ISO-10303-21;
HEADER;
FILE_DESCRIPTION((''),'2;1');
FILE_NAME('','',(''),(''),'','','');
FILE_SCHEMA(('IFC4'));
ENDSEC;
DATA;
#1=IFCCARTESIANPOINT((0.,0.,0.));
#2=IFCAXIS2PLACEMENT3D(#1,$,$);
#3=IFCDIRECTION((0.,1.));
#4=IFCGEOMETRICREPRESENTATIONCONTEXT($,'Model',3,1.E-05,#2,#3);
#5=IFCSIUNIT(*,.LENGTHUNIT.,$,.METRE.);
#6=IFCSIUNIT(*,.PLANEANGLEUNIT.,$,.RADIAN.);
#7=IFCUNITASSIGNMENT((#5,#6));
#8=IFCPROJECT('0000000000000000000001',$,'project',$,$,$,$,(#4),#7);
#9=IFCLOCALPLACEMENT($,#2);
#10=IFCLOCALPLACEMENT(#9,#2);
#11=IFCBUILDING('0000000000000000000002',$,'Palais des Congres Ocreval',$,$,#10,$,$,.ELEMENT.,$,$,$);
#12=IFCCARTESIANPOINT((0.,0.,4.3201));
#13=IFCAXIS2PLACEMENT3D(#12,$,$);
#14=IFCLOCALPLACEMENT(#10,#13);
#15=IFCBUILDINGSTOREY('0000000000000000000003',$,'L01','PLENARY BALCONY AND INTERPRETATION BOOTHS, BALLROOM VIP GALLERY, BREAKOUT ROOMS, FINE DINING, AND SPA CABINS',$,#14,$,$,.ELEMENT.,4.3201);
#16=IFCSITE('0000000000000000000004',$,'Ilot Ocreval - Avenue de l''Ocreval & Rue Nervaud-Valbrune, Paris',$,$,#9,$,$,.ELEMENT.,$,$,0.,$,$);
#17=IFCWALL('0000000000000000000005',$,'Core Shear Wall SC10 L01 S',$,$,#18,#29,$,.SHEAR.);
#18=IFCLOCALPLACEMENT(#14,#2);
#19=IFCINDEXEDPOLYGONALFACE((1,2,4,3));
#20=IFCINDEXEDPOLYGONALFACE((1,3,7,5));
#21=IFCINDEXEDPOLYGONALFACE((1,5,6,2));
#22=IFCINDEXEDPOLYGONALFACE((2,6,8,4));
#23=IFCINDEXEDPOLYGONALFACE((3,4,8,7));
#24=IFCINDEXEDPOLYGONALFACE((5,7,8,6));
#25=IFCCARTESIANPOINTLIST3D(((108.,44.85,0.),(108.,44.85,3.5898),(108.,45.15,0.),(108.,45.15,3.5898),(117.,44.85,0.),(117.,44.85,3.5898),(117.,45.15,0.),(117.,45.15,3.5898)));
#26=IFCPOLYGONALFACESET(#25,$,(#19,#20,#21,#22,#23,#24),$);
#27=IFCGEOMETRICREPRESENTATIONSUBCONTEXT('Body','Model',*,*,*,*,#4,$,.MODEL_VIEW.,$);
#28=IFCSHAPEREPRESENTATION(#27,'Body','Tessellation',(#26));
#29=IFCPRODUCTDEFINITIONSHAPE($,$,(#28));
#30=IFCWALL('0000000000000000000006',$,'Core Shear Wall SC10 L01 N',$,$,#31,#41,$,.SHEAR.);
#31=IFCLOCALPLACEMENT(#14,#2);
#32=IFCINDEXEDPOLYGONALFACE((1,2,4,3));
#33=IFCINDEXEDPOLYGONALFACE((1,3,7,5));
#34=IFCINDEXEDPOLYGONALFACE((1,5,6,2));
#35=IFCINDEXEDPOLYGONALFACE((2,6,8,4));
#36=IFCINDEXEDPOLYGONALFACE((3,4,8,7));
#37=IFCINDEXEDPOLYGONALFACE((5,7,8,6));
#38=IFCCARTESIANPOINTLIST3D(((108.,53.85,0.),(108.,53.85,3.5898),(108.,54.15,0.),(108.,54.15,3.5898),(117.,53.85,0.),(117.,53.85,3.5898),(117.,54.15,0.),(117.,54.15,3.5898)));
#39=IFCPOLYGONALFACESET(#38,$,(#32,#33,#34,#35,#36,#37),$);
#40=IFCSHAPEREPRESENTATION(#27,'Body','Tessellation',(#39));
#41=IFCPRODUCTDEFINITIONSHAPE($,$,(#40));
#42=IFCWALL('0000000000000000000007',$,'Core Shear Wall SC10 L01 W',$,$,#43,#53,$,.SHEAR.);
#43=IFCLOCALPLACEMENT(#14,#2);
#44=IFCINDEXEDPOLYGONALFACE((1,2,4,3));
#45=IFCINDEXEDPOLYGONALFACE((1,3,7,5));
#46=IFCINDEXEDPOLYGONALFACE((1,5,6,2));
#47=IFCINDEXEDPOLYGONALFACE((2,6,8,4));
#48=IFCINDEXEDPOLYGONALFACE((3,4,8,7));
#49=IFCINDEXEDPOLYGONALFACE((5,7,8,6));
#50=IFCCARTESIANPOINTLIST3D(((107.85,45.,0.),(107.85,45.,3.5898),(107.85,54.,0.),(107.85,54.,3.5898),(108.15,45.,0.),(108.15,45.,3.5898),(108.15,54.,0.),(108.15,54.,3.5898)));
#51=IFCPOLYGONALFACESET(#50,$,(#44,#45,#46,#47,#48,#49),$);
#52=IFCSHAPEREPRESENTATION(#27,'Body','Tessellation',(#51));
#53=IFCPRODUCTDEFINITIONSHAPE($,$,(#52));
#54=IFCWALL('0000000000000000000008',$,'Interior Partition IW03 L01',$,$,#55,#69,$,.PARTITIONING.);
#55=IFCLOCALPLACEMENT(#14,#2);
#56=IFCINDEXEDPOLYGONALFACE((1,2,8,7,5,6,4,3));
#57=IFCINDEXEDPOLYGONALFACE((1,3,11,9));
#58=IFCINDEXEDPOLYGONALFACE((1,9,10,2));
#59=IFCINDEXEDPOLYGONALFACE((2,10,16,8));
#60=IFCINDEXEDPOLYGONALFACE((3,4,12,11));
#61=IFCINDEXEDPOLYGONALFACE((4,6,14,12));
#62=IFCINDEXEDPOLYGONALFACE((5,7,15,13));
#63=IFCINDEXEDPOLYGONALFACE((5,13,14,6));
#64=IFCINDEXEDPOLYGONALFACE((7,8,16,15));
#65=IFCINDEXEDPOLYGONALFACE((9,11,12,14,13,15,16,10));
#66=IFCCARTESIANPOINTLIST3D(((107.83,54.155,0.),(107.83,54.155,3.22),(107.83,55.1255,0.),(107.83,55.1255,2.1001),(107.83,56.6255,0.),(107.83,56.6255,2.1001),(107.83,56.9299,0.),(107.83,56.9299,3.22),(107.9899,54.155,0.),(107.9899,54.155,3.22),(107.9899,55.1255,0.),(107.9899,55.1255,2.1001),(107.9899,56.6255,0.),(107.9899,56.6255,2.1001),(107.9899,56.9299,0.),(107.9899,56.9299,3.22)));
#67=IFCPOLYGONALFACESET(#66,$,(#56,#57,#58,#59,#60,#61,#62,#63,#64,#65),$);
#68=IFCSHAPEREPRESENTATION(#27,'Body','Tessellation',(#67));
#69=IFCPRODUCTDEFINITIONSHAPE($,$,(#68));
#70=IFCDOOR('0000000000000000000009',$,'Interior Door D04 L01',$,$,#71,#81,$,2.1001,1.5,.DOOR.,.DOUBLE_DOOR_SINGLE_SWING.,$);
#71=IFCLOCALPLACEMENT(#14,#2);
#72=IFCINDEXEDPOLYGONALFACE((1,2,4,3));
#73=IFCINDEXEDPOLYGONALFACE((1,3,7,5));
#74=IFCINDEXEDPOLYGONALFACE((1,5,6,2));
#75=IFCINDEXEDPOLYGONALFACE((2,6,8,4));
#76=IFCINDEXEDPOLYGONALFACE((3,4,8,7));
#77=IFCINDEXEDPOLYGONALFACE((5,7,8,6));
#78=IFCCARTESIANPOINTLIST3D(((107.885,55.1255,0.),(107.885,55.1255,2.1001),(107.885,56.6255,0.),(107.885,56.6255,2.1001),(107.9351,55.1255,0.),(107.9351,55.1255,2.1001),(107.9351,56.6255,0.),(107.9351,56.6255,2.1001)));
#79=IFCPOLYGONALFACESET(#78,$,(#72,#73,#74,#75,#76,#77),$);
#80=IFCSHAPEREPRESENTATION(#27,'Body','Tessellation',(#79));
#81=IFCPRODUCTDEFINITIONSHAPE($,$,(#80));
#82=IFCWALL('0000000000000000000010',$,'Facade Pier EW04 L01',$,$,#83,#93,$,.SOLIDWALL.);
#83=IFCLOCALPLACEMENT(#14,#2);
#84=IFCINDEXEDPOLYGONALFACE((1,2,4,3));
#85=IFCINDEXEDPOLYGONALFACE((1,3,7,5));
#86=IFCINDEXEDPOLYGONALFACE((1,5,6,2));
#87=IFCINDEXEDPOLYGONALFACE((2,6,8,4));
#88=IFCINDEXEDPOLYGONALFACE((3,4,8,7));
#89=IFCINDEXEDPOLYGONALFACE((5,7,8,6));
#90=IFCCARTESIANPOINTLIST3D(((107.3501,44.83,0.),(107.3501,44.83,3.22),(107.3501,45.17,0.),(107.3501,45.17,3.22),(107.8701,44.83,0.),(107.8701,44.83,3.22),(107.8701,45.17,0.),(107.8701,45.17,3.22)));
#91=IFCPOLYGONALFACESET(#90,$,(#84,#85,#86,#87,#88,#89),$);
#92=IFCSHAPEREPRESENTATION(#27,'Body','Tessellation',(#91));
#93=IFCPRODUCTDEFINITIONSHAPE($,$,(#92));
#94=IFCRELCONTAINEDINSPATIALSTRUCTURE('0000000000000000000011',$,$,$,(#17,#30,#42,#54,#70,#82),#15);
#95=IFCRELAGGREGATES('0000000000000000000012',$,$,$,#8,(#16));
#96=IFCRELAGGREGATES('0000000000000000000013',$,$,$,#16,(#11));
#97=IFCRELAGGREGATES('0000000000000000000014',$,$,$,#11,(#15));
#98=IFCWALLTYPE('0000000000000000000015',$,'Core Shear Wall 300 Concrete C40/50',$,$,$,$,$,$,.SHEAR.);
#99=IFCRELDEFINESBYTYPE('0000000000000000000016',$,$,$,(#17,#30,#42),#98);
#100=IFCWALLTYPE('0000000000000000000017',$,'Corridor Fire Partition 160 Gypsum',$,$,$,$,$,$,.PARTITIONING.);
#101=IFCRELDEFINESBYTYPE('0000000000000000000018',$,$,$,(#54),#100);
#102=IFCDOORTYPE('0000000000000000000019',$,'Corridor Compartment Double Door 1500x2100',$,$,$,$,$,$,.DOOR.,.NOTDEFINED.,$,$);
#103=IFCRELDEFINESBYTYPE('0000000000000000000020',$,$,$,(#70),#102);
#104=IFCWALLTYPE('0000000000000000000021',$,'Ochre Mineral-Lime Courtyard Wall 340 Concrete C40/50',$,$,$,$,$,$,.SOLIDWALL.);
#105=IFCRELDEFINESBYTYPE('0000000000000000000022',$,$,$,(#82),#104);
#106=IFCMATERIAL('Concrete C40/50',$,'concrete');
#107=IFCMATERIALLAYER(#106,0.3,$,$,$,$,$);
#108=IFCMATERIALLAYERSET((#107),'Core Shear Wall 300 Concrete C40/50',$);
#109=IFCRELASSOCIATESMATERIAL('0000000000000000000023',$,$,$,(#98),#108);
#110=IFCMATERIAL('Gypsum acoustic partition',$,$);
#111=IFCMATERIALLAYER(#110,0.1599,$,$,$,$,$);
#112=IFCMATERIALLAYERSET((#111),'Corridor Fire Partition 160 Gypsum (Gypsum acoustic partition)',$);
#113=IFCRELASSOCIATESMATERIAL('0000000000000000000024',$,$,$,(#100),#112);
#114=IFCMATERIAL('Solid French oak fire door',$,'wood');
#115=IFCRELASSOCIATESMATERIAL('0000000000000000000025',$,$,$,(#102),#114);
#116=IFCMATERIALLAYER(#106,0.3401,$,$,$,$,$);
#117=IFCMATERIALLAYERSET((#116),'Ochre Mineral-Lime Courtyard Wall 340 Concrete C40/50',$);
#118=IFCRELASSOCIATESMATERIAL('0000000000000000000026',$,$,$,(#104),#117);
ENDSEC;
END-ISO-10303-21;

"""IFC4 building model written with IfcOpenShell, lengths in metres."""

from ifc_helpers import new_model, si_unit, direction, frame, frame_2d, origin, place, context, subcontext, project, spatial, rectangle, extrude, material, layer, layer_set, type_object, element, fill, save


model = new_model("IFC4")

# Units and contexts
model_context = context("Model", 3, precision=1e-05, world=origin(), true_north=direction((0.0, 1.0)))
body_context = subcontext(model_context, "Body", "Model", "MODEL_VIEW")
ifc_project = project(units=[si_unit("LENGTHUNIT", "METRE"), si_unit("PLANEANGLEUNIT", "RADIAN")], contexts=[model_context])

# Site, building, storey
site_placement = place(None, origin())
site = spatial("IfcSite", under=ifc_project, at=site_placement, Name="Ilot Ocreval - Avenue de l'Ocreval & Rue Nervaud-Valbrune, Paris", CompositionType="ELEMENT", RefElevation=0.0)
building_placement = place(site_placement, origin())
building = spatial("IfcBuilding", under=site, at=building_placement, Name="Palais des Congres Ocreval", CompositionType="ELEMENT")
storey_placement = place(building_placement, frame((0.0, 0.0, 4.3201)))
storey = spatial("IfcBuildingStorey", under=building, at=storey_placement, Name="L01", Description="PLENARY BALCONY AND INTERPRETATION BOOTHS, BALLROOM VIP GALLERY, BREAKOUT ROOMS, FINE DINING, AND SPA CABINS", CompositionType="ELEMENT", Elevation=4.3201)

# Walls
ifc_material_1 = material(Name="Concrete C40/50", Category="concrete")
ifc_layer_1 = layer(ifc_material_1, 0.3)
ifc_layer_set_1 = layer_set([ifc_layer_1], Name="Core Shear Wall 300 Concrete C40/50")
wall_type_1 = type_object("IfcWallType", Name="Core Shear Wall 300 Concrete C40/50", PredefinedType="SHEAR", material=ifc_layer_set_1)
for number, where, z_axis, x_axis, name in (
    (1, (108.0, 45.0, 0.0), (0.0, 0.0, 1.0), (1.0, 0.0, 0.0), "Core Shear Wall SC10 L01 S"),
    (2, (108.0, 54.0, 0.0), (0.0, 0.0, 1.0), (1.0, 0.0, 0.0), "Core Shear Wall SC10 L01 N"),
    (3, (108.0, 45.0, 0.0), (0.0, 0.0, 1.0), (0.0, 1.0, 0.0), "Core Shear Wall SC10 L01 W"),
):
    element("IfcWall", number, at=place(storey_placement, frame(where, z_axis=z_axis, x_axis=x_axis)), inside=storey, type_object=wall_type_1, Name=name, PredefinedType="SHEAR", context=body_context, shape_type="SweptSolid", body=[
        extrude(rectangle(XDim=9.0, YDim=0.3, at=frame_2d((4.5, 0.0))), origin(), (0.0, 0.0, 1.0), 3.5898),
    ])

# Wall, opening, door
ifc_material_2 = material(Name="Gypsum acoustic partition")
ifc_layer_2 = layer(ifc_material_2, 0.1599)
ifc_layer_set_2 = layer_set([ifc_layer_2], Name="Corridor Fire Partition 160 Gypsum (Gypsum acoustic partition)")
wall_type_2 = type_object("IfcWallType", Name="Corridor Fire Partition 160 Gypsum", PredefinedType="PARTITIONING", material=ifc_layer_set_2)
wall_1_placement = place(storey_placement, frame((107.9099, 54.155, 0.0), z_axis=(0.0, 0.0, 1.0), x_axis=(0.0, 1.0, 0.0)))
wall_1 = element("IfcWall", 4, at=wall_1_placement, inside=storey, type_object=wall_type_2, Name="Interior Partition IW03 L01", PredefinedType="PARTITIONING", context=body_context, shape_type="SweptSolid", body=[
    extrude(rectangle(XDim=2.7749, YDim=0.1599, at=frame_2d((1.3875, 0.0))), origin(), (0.0, 0.0, 1.0), 3.22),
])
opening_placement = place(wall_1_placement, frame((0.9705, 0.0, 0.0)))
opening = element("IfcOpeningElement", 5, at=opening_placement, cuts=wall_1, PredefinedType="OPENING", context=body_context, shape_type="SweptSolid", body=[
    extrude(rectangle(XDim=1.5, YDim=2.1001, at=frame_2d((0.75, 1.05))), frame((0.0, 0.0898, 0.0), z_axis=(0.0, -1.0, 0.0), x_axis=(1.0, 0.0, 0.0)), (0.0, 0.0, 1.0), 0.1799),
])
ifc_material_3 = material(Name="Solid French oak fire door", Category="wood")
door_type = type_object("IfcDoorType", Name="Corridor Compartment Double Door 1500x2100", OperationType="NOTDEFINED", PredefinedType="DOOR", material=ifc_material_3)
door_placement = place(opening_placement, origin())
door = element("IfcDoor", 6, at=door_placement, inside=storey, type_object=door_type, Name="Interior Door D04 L01", OperationType="DOUBLE_DOOR_SINGLE_SWING", OverallHeight=2.1001, OverallWidth=1.5, PredefinedType="DOOR", context=body_context, shape_type="SweptSolid", body=[
    extrude(rectangle(XDim=1.5, YDim=2.1001, at=frame_2d((0.75, 1.05))), frame((0.0, 0.0249, 0.0), z_axis=(0.0, -1.0, 0.0), x_axis=(1.0, 0.0, 0.0)), (0.0, 0.0, 1.0), 0.05),
])
fill(opening, door)

# Wall
ifc_layer_3 = layer(ifc_material_1, 0.3401)
ifc_layer_set_3 = layer_set([ifc_layer_3], Name="Ochre Mineral-Lime Courtyard Wall 340 Concrete C40/50")
wall_type_3 = type_object("IfcWallType", Name="Ochre Mineral-Lime Courtyard Wall 340 Concrete C40/50", PredefinedType="SOLIDWALL", material=ifc_layer_set_3)
wall_2_placement = place(storey_placement, frame((107.8701, 45.0, 0.0), z_axis=(0.0, 0.0, 1.0), x_axis=(-1.0, 0.0, 0.0)))
element("IfcWall", 7, at=wall_2_placement, inside=storey, type_object=wall_type_3, Name="Facade Pier EW04 L01", PredefinedType="SOLIDWALL", context=body_context, shape_type="SweptSolid", body=[
    extrude(rectangle(XDim=0.52, YDim=0.3401, at=frame_2d((0.26, 0.0))), origin(), (0.0, 0.0, 1.0), 3.22),
])

save(model, "model.ifc")
